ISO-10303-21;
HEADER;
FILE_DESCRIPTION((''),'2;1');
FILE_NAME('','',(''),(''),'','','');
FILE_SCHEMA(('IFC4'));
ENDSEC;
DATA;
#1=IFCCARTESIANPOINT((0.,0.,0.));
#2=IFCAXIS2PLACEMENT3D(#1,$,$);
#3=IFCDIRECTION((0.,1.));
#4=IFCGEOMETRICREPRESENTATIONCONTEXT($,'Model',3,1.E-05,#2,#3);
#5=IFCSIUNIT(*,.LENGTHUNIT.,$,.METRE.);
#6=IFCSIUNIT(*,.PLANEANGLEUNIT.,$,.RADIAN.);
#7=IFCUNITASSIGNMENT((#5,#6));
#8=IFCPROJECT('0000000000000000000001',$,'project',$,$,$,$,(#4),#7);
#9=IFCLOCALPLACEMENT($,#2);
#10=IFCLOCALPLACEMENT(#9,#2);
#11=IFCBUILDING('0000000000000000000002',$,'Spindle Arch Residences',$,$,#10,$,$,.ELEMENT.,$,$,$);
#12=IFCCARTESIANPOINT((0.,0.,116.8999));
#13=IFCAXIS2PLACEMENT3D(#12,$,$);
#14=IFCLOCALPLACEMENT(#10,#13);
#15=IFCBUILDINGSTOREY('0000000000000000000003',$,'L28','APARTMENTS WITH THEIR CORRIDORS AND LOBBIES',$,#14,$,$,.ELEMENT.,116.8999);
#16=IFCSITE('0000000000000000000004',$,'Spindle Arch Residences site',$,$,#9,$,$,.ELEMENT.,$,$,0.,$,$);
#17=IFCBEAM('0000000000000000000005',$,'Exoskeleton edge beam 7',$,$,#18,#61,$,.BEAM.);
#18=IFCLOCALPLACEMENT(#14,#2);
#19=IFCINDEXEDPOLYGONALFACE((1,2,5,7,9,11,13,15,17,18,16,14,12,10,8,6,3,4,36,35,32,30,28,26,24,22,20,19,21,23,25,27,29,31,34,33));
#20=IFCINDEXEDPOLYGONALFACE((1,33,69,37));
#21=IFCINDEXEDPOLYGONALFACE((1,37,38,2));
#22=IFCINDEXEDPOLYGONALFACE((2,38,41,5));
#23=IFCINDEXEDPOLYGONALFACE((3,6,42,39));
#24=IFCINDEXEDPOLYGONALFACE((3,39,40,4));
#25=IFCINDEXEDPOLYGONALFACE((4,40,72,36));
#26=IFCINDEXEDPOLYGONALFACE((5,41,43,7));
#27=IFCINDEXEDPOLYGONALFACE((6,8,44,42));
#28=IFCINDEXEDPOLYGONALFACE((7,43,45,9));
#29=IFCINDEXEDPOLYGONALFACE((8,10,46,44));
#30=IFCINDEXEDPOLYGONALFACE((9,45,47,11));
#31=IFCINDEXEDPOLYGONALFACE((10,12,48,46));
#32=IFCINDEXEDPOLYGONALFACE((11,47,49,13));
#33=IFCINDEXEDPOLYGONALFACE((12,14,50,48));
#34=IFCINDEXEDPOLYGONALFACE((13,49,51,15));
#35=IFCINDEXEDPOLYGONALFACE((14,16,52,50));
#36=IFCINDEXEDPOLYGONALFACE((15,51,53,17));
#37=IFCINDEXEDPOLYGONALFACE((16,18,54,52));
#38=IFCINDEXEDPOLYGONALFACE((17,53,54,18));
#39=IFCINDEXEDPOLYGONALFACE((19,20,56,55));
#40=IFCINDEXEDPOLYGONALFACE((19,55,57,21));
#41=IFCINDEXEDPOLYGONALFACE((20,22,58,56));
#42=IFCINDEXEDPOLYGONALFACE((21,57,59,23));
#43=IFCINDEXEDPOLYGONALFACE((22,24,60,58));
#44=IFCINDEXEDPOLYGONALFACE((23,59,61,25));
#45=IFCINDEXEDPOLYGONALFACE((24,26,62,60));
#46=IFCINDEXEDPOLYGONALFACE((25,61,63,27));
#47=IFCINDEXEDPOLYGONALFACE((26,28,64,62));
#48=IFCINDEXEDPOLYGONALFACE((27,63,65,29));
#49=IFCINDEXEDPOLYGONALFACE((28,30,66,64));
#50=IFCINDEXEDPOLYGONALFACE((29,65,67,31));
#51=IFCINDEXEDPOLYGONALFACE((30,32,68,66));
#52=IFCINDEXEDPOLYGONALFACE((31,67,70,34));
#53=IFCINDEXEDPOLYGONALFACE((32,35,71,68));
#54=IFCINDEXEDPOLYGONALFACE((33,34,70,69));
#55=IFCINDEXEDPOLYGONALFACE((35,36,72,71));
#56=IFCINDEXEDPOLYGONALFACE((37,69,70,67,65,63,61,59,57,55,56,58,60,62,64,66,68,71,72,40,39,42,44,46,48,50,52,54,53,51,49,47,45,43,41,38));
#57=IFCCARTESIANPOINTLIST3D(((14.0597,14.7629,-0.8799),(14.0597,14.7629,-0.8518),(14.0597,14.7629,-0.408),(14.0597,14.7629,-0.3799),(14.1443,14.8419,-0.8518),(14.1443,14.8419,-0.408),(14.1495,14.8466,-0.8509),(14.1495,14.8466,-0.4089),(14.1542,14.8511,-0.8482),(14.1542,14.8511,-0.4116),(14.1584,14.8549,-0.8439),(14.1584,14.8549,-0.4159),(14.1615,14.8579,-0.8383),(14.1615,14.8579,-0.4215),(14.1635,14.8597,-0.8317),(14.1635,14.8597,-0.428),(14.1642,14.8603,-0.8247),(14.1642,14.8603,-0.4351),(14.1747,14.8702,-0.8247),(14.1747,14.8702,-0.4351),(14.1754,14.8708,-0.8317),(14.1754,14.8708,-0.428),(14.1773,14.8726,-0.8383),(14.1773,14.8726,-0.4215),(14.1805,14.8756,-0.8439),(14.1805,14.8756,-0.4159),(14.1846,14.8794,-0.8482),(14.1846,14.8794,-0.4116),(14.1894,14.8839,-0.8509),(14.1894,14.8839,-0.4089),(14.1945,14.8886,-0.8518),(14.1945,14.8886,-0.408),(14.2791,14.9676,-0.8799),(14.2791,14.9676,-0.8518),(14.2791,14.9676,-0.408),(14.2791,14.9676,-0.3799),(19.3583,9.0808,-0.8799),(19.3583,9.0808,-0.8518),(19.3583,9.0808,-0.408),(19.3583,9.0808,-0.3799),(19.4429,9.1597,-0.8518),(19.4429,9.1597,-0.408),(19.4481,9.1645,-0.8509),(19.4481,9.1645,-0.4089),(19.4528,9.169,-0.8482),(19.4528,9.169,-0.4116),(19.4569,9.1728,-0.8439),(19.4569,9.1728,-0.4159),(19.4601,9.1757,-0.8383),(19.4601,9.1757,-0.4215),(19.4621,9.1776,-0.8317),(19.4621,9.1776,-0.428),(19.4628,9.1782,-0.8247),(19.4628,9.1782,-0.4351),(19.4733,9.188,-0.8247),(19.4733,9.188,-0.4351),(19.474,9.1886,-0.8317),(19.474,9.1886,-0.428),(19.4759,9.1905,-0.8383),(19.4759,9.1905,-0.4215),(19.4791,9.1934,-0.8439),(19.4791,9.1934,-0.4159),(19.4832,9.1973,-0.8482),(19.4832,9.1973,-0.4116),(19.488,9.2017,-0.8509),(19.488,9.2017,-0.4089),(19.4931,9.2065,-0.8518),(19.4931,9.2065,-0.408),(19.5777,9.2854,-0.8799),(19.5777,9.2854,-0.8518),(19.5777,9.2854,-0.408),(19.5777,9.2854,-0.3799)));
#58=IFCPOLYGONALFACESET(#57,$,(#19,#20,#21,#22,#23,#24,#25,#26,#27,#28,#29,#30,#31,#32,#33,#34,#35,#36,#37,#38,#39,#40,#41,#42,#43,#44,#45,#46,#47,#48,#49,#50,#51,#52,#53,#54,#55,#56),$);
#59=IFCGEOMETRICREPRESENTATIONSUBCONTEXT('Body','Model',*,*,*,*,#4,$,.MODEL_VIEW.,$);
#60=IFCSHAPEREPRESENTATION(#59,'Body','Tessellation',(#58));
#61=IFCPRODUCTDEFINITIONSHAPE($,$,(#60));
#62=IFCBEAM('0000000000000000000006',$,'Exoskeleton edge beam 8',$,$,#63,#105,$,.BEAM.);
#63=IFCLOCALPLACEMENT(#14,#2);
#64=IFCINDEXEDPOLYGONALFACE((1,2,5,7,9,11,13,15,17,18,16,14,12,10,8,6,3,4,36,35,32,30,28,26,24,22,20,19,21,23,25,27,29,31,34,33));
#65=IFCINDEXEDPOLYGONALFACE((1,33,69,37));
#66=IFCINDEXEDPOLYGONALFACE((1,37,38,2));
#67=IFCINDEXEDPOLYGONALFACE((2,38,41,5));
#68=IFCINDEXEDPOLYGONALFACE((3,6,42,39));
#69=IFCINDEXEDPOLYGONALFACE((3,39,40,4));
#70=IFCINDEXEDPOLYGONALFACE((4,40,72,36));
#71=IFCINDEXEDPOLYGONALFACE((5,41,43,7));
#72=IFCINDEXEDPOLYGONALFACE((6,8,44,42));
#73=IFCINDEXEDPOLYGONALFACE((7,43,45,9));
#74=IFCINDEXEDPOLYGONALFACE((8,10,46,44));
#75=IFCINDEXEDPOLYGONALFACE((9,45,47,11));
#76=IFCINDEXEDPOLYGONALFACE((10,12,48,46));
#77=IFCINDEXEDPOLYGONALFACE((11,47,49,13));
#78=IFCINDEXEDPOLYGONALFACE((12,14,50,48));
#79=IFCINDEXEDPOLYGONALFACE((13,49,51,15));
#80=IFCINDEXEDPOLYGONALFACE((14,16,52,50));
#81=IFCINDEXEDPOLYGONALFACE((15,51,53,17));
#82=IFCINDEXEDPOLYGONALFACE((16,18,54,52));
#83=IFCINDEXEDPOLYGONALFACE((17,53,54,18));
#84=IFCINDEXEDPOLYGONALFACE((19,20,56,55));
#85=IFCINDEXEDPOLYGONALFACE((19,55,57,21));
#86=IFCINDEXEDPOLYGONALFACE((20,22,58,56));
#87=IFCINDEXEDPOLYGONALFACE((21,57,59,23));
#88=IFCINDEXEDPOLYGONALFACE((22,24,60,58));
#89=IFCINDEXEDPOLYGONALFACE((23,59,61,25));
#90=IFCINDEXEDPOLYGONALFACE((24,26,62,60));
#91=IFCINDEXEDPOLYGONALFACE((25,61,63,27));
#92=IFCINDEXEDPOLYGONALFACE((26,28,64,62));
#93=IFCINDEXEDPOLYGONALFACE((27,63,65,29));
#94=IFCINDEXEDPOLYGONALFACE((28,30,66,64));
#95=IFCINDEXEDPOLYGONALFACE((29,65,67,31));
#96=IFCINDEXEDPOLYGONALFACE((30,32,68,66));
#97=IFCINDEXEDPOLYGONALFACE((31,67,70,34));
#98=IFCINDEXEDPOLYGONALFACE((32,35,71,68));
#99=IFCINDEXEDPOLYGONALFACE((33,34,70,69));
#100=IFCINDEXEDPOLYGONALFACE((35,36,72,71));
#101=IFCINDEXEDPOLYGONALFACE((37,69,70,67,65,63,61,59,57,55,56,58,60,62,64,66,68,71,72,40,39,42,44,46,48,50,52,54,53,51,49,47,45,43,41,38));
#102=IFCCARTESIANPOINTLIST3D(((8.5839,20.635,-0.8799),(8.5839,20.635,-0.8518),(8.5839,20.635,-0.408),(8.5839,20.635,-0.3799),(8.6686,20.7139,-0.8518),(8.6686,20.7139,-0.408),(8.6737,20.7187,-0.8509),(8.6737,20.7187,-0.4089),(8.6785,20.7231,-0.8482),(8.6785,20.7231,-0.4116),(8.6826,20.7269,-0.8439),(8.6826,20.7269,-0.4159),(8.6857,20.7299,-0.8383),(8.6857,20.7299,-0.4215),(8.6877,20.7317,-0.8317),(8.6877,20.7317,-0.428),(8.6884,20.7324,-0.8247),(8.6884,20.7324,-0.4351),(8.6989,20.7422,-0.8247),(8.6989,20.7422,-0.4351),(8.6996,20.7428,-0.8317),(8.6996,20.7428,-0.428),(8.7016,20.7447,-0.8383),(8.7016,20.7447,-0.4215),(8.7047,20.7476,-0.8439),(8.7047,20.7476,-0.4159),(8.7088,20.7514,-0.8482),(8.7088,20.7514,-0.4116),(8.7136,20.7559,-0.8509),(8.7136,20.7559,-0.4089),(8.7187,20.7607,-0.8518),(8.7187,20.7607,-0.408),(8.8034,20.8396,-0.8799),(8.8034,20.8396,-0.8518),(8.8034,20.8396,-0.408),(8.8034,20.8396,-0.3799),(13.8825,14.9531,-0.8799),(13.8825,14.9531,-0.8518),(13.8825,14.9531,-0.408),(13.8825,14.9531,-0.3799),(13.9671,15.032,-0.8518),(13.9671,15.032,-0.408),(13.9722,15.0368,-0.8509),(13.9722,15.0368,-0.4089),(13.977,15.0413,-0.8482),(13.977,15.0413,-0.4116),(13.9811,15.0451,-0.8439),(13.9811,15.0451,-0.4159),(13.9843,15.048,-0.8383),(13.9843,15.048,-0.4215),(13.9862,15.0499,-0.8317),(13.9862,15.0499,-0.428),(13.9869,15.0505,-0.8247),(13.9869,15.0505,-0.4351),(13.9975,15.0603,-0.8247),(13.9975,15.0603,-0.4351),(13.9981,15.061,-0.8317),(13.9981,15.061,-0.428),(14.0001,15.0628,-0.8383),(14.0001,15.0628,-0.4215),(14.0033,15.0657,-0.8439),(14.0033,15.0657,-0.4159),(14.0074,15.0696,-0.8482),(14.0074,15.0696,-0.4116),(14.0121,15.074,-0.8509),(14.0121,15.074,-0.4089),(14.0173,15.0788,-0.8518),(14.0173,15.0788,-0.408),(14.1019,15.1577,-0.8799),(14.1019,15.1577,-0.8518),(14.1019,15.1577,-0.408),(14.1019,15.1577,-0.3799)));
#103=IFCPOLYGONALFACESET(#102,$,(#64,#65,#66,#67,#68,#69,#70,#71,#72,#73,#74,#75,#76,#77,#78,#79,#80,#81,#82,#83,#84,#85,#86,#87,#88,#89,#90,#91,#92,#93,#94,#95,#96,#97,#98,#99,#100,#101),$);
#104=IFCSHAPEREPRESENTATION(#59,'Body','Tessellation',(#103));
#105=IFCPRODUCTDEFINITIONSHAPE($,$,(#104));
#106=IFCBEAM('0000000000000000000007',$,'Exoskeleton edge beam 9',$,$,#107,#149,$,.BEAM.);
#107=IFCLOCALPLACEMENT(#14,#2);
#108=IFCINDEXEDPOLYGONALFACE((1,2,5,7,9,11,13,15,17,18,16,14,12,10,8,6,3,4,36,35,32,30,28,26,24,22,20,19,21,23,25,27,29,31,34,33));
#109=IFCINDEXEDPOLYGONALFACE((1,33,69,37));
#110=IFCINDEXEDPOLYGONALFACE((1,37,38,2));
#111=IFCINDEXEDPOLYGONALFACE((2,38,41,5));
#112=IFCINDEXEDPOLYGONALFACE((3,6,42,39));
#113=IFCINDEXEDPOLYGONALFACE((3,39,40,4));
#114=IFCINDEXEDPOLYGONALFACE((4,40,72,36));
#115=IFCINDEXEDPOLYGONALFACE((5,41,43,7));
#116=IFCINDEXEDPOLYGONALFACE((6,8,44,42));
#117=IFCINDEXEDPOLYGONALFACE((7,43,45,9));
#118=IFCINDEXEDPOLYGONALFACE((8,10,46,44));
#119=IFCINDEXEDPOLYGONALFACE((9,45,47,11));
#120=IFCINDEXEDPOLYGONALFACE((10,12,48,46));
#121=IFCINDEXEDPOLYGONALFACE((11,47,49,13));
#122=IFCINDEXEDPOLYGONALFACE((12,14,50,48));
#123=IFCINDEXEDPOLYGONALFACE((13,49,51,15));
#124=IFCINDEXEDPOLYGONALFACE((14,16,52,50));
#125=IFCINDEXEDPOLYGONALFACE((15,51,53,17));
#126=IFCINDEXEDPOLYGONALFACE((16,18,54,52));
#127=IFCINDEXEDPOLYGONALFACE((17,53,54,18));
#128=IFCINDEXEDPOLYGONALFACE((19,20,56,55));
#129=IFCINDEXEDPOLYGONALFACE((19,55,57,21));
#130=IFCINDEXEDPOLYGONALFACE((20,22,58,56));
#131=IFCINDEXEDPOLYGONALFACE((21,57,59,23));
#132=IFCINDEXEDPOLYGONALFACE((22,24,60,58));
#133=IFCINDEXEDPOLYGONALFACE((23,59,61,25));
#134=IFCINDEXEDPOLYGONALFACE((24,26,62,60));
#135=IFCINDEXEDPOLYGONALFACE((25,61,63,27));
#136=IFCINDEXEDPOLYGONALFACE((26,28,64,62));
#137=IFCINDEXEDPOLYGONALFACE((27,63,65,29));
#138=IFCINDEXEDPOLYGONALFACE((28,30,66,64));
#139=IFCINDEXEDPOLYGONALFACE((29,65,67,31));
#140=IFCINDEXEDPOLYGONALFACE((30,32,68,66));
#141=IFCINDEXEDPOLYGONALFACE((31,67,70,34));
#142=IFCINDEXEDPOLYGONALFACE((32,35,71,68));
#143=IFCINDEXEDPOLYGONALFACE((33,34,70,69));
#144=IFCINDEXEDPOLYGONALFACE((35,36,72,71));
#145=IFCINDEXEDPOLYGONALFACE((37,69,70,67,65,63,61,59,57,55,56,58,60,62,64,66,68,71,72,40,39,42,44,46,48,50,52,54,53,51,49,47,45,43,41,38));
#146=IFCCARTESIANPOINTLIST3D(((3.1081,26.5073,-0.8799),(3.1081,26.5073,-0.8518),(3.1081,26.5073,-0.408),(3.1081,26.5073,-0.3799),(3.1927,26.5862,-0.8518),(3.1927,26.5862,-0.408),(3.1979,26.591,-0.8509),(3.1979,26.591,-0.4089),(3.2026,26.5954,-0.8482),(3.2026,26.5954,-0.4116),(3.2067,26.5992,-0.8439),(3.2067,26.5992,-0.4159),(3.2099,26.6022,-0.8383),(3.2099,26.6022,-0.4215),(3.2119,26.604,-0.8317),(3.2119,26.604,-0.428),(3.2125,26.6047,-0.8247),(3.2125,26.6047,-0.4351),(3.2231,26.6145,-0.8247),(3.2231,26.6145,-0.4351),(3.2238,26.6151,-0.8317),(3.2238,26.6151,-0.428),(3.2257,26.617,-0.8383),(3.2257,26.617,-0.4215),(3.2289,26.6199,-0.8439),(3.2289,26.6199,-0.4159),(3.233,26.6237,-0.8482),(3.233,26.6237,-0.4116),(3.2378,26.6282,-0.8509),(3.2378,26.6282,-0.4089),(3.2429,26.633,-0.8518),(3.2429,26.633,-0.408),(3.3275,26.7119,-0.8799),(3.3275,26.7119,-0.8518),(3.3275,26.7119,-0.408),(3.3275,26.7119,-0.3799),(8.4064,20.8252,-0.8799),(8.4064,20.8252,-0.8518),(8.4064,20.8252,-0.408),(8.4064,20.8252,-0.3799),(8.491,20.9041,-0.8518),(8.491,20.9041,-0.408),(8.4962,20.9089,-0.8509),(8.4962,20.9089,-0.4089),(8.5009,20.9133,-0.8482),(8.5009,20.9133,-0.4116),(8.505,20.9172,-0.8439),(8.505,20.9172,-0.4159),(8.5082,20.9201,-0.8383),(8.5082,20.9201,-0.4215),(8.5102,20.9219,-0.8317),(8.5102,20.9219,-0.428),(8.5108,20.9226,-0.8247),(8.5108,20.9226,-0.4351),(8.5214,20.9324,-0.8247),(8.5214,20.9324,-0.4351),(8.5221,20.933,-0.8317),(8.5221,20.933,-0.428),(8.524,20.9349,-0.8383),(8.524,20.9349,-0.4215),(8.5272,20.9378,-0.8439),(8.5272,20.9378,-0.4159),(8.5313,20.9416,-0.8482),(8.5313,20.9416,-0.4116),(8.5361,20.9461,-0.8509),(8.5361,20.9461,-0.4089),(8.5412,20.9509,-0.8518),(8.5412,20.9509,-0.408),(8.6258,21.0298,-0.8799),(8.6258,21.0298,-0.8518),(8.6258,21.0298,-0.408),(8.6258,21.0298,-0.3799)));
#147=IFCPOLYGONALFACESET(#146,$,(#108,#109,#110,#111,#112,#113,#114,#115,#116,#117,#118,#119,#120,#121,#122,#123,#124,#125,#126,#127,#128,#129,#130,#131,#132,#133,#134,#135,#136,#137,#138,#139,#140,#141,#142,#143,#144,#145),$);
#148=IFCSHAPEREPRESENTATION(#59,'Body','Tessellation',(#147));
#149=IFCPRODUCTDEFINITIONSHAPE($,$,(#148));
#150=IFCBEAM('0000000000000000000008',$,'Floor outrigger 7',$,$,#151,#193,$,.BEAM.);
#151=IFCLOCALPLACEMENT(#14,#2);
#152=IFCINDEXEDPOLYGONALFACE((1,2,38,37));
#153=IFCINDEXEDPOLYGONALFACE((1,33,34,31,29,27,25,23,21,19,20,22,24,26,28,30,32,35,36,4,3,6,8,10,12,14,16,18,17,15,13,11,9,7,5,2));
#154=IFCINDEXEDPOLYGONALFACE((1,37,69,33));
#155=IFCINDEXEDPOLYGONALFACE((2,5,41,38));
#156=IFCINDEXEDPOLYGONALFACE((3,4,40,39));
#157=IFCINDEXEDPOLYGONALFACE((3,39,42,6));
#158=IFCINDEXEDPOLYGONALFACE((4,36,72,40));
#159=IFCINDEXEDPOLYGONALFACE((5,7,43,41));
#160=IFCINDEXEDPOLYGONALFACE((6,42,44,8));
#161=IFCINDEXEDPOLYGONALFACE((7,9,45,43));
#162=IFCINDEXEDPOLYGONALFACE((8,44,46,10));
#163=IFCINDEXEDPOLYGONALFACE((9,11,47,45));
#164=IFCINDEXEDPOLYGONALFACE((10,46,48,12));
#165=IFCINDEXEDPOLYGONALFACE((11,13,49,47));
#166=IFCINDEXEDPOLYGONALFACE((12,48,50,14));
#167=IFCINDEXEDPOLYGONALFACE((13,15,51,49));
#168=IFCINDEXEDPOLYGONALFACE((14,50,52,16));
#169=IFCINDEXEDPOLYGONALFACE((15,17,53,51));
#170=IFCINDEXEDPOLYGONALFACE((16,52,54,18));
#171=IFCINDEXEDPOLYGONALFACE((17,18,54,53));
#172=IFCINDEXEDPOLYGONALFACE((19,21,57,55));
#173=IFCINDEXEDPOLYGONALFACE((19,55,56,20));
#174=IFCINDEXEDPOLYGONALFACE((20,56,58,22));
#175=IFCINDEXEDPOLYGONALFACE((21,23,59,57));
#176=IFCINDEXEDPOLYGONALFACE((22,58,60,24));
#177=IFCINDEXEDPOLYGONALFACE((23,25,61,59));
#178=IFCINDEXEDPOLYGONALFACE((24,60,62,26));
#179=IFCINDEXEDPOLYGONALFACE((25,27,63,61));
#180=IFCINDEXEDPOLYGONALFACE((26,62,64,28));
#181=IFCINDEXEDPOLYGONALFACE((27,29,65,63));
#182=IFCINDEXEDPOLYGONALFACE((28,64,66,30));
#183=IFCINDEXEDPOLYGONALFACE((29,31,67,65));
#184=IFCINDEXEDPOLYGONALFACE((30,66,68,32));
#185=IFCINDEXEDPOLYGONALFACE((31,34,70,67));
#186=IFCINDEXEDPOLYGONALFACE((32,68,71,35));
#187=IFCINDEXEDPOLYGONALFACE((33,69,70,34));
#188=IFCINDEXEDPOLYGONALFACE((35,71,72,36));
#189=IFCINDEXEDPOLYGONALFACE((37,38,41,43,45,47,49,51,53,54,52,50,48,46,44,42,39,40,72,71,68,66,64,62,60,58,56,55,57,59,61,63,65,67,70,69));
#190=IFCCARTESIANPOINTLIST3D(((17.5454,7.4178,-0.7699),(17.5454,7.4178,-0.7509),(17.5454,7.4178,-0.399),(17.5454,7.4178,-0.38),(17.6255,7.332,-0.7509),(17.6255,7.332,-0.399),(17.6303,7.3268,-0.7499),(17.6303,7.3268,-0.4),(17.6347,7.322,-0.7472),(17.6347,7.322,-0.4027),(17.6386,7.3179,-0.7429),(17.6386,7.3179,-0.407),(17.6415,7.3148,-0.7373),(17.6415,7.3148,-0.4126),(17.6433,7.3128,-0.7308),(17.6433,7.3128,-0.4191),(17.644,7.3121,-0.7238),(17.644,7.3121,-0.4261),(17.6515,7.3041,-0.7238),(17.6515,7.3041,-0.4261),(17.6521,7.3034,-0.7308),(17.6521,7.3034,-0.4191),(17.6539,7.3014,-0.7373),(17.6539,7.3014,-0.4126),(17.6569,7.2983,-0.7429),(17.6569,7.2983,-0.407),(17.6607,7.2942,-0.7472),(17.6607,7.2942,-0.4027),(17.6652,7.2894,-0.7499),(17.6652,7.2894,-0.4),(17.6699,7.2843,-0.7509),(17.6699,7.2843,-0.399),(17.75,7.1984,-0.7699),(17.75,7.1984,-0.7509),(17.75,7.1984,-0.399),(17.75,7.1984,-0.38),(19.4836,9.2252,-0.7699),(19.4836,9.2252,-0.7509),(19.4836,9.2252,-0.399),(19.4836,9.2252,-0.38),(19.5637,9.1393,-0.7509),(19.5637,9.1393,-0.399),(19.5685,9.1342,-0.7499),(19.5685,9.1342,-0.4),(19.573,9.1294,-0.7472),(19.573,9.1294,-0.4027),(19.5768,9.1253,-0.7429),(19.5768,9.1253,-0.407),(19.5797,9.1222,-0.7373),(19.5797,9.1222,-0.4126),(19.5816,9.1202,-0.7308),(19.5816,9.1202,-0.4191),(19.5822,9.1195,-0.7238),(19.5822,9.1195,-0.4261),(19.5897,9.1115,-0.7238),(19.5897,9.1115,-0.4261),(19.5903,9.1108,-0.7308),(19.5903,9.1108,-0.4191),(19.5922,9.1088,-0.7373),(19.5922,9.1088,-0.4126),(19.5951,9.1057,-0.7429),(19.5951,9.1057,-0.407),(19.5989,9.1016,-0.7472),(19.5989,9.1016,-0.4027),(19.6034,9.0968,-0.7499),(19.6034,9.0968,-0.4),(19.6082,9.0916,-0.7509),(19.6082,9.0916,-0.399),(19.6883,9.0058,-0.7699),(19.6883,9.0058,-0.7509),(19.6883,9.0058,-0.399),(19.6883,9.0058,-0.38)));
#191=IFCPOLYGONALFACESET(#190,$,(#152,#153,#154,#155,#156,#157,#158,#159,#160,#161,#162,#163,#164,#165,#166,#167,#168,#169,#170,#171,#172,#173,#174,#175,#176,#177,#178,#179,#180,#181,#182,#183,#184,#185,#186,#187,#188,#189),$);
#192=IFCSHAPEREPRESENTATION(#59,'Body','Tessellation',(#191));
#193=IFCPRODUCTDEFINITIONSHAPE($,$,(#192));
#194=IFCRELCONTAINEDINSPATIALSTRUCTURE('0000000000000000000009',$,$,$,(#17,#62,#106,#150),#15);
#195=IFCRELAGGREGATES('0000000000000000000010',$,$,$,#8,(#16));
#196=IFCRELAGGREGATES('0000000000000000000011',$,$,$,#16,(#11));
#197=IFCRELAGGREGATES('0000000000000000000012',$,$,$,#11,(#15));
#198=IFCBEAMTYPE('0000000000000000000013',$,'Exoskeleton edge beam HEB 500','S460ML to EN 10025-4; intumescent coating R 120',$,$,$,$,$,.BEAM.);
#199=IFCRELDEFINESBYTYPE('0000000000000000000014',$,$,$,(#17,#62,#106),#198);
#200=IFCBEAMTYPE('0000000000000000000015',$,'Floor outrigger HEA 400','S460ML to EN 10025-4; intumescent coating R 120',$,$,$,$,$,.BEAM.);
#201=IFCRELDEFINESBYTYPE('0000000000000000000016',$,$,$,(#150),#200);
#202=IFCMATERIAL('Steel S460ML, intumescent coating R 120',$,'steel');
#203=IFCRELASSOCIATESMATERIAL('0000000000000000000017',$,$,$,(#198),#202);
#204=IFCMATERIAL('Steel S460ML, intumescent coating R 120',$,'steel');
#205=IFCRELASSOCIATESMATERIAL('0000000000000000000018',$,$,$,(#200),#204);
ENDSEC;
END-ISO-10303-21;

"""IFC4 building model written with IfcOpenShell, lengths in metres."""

from ifc_helpers import new_model, si_unit, direction, frame, origin, origin_2d, place, context, subcontext, project, spatial, i_section, extrude, material, material_profile, profile_set, type_object, element, save


model = new_model("IFC4")

# Units and contexts
model_context = context("Model", 3, precision=1e-05, world=origin(), true_north=direction((0.0, 1.0)))
body_context = subcontext(model_context, "Body", "Model", "MODEL_VIEW")
ifc_project = project(units=[si_unit("LENGTHUNIT", "METRE"), si_unit("PLANEANGLEUNIT", "RADIAN")], contexts=[model_context])

# Site, building, storey
site_placement = place(None, origin())
site = spatial("IfcSite", under=ifc_project, at=site_placement, Name="Spindle Arch Residences site", CompositionType="ELEMENT", RefElevation=0.0)
building_placement = place(site_placement, origin())
building = spatial("IfcBuilding", under=site, at=building_placement, Name="Spindle Arch Residences", CompositionType="ELEMENT")
storey_placement = place(building_placement, frame((0.0, 0.0, 116.8999)))
storey = spatial("IfcBuildingStorey", under=building, at=storey_placement, Name="L28", Description="APARTMENTS WITH THEIR CORRIDORS AND LOBBIES", CompositionType="ELEMENT", Elevation=116.8999)

# Beams
ifc_material_1 = material(Name="Steel S460ML, intumescent coating R 120", Category="steel")
ifc_material_profile_1 = material_profile(ifc_material_1, i_section(OverallWidth=0.3, OverallDepth=0.5, WebThickness=0.0144, FlangeThickness=0.0281, FilletRadius=0.0271, at=origin_2d()), Name="HEB 500")
ifc_profile_set_1 = profile_set([ifc_material_profile_1], Name="Steel S460ML, intumescent coating R 120")
beam_type_1 = type_object("IfcBeamType", Name="Exoskeleton edge beam HEB 500", Description="S460ML to EN 10025-4; intumescent coating R 120", PredefinedType="BEAM", material=ifc_profile_set_1)
beam_1_placement = place(storey_placement, frame((19.468, 9.1831, -0.6299), z_axis=(-0.681992, 0.731359, 0.0), x_axis=(-0.731359, -0.681992, 0.0)))
element("IfcBeam", 1, at=beam_1_placement, inside=storey, type_object=beam_type_1, Name="Exoskeleton edge beam 7", PredefinedType="BEAM", context=body_context, shape_type="SweptSolid", body=[
    extrude(i_section(OverallWidth=0.3, OverallDepth=0.5, WebThickness=0.0144, FlangeThickness=0.0281, FilletRadius=0.0271, at=origin_2d()), origin(), (0.0, 0.0, 1.0), 7.7693),
])
for number, where, z_axis, x_axis, name in (
    (2, (13.9922, 15.0554, -0.6299), (-0.682008, 0.731345, 0.0), (-0.731345, -0.682008, 0.0), "Exoskeleton edge beam 8"),
    (3, (8.5161, 20.9275, -0.6299), (-0.681976, 0.731375, 0.0), (-0.731375, -0.681976, 0.0), "Exoskeleton edge beam 9"),
):
    element("IfcBeam", number, at=place(storey_placement, frame(where, z_axis=z_axis, x_axis=x_axis)), inside=storey, type_object=beam_type_1, Name=name, PredefinedType="BEAM", context=body_context, shape_type="SweptSolid", body=[
        extrude(i_section(OverallWidth=0.3, OverallDepth=0.5, WebThickness=0.0144, FlangeThickness=0.0281, FilletRadius=0.0271, at=origin_2d()), origin(), (0.0, 0.0, 1.0), 7.769),
    ])
ifc_material_2 = material(Name="Steel S460ML, intumescent coating R 120", Category="steel")
ifc_material_profile_2 = material_profile(ifc_material_2, i_section(OverallWidth=0.3, OverallDepth=0.3899, WebThickness=0.011, FlangeThickness=0.019, FilletRadius=0.0271, at=origin_2d()), Name="HEA 400")
ifc_profile_set_2 = profile_set([ifc_material_profile_2], Name="Steel S460ML, intumescent coating R 120")
beam_type_2 = type_object("IfcBeamType", Name="Floor outrigger HEA 400", Description="S460ML to EN 10025-4; intumescent coating R 120", PredefinedType="BEAM", material=ifc_profile_set_2)
beam_2_placement = place(storey_placement, frame((19.5859, 9.1155, -0.575), z_axis=(-0.731365, -0.681987, 0.0), x_axis=(0.681987, -0.731365, 0.0)))
element("IfcBeam", 4, at=beam_2_placement, inside=storey, type_object=beam_type_2, Name="Floor outrigger 7", PredefinedType="BEAM", context=body_context, shape_type="SweptSolid", body=[
    extrude(i_section(OverallWidth=0.3, OverallDepth=0.3899, WebThickness=0.011, FlangeThickness=0.019, FilletRadius=0.0271, at=origin_2d()), origin(), (0.0, 0.0, 1.0), 2.6501),
])

save(model, "model.ifc")
